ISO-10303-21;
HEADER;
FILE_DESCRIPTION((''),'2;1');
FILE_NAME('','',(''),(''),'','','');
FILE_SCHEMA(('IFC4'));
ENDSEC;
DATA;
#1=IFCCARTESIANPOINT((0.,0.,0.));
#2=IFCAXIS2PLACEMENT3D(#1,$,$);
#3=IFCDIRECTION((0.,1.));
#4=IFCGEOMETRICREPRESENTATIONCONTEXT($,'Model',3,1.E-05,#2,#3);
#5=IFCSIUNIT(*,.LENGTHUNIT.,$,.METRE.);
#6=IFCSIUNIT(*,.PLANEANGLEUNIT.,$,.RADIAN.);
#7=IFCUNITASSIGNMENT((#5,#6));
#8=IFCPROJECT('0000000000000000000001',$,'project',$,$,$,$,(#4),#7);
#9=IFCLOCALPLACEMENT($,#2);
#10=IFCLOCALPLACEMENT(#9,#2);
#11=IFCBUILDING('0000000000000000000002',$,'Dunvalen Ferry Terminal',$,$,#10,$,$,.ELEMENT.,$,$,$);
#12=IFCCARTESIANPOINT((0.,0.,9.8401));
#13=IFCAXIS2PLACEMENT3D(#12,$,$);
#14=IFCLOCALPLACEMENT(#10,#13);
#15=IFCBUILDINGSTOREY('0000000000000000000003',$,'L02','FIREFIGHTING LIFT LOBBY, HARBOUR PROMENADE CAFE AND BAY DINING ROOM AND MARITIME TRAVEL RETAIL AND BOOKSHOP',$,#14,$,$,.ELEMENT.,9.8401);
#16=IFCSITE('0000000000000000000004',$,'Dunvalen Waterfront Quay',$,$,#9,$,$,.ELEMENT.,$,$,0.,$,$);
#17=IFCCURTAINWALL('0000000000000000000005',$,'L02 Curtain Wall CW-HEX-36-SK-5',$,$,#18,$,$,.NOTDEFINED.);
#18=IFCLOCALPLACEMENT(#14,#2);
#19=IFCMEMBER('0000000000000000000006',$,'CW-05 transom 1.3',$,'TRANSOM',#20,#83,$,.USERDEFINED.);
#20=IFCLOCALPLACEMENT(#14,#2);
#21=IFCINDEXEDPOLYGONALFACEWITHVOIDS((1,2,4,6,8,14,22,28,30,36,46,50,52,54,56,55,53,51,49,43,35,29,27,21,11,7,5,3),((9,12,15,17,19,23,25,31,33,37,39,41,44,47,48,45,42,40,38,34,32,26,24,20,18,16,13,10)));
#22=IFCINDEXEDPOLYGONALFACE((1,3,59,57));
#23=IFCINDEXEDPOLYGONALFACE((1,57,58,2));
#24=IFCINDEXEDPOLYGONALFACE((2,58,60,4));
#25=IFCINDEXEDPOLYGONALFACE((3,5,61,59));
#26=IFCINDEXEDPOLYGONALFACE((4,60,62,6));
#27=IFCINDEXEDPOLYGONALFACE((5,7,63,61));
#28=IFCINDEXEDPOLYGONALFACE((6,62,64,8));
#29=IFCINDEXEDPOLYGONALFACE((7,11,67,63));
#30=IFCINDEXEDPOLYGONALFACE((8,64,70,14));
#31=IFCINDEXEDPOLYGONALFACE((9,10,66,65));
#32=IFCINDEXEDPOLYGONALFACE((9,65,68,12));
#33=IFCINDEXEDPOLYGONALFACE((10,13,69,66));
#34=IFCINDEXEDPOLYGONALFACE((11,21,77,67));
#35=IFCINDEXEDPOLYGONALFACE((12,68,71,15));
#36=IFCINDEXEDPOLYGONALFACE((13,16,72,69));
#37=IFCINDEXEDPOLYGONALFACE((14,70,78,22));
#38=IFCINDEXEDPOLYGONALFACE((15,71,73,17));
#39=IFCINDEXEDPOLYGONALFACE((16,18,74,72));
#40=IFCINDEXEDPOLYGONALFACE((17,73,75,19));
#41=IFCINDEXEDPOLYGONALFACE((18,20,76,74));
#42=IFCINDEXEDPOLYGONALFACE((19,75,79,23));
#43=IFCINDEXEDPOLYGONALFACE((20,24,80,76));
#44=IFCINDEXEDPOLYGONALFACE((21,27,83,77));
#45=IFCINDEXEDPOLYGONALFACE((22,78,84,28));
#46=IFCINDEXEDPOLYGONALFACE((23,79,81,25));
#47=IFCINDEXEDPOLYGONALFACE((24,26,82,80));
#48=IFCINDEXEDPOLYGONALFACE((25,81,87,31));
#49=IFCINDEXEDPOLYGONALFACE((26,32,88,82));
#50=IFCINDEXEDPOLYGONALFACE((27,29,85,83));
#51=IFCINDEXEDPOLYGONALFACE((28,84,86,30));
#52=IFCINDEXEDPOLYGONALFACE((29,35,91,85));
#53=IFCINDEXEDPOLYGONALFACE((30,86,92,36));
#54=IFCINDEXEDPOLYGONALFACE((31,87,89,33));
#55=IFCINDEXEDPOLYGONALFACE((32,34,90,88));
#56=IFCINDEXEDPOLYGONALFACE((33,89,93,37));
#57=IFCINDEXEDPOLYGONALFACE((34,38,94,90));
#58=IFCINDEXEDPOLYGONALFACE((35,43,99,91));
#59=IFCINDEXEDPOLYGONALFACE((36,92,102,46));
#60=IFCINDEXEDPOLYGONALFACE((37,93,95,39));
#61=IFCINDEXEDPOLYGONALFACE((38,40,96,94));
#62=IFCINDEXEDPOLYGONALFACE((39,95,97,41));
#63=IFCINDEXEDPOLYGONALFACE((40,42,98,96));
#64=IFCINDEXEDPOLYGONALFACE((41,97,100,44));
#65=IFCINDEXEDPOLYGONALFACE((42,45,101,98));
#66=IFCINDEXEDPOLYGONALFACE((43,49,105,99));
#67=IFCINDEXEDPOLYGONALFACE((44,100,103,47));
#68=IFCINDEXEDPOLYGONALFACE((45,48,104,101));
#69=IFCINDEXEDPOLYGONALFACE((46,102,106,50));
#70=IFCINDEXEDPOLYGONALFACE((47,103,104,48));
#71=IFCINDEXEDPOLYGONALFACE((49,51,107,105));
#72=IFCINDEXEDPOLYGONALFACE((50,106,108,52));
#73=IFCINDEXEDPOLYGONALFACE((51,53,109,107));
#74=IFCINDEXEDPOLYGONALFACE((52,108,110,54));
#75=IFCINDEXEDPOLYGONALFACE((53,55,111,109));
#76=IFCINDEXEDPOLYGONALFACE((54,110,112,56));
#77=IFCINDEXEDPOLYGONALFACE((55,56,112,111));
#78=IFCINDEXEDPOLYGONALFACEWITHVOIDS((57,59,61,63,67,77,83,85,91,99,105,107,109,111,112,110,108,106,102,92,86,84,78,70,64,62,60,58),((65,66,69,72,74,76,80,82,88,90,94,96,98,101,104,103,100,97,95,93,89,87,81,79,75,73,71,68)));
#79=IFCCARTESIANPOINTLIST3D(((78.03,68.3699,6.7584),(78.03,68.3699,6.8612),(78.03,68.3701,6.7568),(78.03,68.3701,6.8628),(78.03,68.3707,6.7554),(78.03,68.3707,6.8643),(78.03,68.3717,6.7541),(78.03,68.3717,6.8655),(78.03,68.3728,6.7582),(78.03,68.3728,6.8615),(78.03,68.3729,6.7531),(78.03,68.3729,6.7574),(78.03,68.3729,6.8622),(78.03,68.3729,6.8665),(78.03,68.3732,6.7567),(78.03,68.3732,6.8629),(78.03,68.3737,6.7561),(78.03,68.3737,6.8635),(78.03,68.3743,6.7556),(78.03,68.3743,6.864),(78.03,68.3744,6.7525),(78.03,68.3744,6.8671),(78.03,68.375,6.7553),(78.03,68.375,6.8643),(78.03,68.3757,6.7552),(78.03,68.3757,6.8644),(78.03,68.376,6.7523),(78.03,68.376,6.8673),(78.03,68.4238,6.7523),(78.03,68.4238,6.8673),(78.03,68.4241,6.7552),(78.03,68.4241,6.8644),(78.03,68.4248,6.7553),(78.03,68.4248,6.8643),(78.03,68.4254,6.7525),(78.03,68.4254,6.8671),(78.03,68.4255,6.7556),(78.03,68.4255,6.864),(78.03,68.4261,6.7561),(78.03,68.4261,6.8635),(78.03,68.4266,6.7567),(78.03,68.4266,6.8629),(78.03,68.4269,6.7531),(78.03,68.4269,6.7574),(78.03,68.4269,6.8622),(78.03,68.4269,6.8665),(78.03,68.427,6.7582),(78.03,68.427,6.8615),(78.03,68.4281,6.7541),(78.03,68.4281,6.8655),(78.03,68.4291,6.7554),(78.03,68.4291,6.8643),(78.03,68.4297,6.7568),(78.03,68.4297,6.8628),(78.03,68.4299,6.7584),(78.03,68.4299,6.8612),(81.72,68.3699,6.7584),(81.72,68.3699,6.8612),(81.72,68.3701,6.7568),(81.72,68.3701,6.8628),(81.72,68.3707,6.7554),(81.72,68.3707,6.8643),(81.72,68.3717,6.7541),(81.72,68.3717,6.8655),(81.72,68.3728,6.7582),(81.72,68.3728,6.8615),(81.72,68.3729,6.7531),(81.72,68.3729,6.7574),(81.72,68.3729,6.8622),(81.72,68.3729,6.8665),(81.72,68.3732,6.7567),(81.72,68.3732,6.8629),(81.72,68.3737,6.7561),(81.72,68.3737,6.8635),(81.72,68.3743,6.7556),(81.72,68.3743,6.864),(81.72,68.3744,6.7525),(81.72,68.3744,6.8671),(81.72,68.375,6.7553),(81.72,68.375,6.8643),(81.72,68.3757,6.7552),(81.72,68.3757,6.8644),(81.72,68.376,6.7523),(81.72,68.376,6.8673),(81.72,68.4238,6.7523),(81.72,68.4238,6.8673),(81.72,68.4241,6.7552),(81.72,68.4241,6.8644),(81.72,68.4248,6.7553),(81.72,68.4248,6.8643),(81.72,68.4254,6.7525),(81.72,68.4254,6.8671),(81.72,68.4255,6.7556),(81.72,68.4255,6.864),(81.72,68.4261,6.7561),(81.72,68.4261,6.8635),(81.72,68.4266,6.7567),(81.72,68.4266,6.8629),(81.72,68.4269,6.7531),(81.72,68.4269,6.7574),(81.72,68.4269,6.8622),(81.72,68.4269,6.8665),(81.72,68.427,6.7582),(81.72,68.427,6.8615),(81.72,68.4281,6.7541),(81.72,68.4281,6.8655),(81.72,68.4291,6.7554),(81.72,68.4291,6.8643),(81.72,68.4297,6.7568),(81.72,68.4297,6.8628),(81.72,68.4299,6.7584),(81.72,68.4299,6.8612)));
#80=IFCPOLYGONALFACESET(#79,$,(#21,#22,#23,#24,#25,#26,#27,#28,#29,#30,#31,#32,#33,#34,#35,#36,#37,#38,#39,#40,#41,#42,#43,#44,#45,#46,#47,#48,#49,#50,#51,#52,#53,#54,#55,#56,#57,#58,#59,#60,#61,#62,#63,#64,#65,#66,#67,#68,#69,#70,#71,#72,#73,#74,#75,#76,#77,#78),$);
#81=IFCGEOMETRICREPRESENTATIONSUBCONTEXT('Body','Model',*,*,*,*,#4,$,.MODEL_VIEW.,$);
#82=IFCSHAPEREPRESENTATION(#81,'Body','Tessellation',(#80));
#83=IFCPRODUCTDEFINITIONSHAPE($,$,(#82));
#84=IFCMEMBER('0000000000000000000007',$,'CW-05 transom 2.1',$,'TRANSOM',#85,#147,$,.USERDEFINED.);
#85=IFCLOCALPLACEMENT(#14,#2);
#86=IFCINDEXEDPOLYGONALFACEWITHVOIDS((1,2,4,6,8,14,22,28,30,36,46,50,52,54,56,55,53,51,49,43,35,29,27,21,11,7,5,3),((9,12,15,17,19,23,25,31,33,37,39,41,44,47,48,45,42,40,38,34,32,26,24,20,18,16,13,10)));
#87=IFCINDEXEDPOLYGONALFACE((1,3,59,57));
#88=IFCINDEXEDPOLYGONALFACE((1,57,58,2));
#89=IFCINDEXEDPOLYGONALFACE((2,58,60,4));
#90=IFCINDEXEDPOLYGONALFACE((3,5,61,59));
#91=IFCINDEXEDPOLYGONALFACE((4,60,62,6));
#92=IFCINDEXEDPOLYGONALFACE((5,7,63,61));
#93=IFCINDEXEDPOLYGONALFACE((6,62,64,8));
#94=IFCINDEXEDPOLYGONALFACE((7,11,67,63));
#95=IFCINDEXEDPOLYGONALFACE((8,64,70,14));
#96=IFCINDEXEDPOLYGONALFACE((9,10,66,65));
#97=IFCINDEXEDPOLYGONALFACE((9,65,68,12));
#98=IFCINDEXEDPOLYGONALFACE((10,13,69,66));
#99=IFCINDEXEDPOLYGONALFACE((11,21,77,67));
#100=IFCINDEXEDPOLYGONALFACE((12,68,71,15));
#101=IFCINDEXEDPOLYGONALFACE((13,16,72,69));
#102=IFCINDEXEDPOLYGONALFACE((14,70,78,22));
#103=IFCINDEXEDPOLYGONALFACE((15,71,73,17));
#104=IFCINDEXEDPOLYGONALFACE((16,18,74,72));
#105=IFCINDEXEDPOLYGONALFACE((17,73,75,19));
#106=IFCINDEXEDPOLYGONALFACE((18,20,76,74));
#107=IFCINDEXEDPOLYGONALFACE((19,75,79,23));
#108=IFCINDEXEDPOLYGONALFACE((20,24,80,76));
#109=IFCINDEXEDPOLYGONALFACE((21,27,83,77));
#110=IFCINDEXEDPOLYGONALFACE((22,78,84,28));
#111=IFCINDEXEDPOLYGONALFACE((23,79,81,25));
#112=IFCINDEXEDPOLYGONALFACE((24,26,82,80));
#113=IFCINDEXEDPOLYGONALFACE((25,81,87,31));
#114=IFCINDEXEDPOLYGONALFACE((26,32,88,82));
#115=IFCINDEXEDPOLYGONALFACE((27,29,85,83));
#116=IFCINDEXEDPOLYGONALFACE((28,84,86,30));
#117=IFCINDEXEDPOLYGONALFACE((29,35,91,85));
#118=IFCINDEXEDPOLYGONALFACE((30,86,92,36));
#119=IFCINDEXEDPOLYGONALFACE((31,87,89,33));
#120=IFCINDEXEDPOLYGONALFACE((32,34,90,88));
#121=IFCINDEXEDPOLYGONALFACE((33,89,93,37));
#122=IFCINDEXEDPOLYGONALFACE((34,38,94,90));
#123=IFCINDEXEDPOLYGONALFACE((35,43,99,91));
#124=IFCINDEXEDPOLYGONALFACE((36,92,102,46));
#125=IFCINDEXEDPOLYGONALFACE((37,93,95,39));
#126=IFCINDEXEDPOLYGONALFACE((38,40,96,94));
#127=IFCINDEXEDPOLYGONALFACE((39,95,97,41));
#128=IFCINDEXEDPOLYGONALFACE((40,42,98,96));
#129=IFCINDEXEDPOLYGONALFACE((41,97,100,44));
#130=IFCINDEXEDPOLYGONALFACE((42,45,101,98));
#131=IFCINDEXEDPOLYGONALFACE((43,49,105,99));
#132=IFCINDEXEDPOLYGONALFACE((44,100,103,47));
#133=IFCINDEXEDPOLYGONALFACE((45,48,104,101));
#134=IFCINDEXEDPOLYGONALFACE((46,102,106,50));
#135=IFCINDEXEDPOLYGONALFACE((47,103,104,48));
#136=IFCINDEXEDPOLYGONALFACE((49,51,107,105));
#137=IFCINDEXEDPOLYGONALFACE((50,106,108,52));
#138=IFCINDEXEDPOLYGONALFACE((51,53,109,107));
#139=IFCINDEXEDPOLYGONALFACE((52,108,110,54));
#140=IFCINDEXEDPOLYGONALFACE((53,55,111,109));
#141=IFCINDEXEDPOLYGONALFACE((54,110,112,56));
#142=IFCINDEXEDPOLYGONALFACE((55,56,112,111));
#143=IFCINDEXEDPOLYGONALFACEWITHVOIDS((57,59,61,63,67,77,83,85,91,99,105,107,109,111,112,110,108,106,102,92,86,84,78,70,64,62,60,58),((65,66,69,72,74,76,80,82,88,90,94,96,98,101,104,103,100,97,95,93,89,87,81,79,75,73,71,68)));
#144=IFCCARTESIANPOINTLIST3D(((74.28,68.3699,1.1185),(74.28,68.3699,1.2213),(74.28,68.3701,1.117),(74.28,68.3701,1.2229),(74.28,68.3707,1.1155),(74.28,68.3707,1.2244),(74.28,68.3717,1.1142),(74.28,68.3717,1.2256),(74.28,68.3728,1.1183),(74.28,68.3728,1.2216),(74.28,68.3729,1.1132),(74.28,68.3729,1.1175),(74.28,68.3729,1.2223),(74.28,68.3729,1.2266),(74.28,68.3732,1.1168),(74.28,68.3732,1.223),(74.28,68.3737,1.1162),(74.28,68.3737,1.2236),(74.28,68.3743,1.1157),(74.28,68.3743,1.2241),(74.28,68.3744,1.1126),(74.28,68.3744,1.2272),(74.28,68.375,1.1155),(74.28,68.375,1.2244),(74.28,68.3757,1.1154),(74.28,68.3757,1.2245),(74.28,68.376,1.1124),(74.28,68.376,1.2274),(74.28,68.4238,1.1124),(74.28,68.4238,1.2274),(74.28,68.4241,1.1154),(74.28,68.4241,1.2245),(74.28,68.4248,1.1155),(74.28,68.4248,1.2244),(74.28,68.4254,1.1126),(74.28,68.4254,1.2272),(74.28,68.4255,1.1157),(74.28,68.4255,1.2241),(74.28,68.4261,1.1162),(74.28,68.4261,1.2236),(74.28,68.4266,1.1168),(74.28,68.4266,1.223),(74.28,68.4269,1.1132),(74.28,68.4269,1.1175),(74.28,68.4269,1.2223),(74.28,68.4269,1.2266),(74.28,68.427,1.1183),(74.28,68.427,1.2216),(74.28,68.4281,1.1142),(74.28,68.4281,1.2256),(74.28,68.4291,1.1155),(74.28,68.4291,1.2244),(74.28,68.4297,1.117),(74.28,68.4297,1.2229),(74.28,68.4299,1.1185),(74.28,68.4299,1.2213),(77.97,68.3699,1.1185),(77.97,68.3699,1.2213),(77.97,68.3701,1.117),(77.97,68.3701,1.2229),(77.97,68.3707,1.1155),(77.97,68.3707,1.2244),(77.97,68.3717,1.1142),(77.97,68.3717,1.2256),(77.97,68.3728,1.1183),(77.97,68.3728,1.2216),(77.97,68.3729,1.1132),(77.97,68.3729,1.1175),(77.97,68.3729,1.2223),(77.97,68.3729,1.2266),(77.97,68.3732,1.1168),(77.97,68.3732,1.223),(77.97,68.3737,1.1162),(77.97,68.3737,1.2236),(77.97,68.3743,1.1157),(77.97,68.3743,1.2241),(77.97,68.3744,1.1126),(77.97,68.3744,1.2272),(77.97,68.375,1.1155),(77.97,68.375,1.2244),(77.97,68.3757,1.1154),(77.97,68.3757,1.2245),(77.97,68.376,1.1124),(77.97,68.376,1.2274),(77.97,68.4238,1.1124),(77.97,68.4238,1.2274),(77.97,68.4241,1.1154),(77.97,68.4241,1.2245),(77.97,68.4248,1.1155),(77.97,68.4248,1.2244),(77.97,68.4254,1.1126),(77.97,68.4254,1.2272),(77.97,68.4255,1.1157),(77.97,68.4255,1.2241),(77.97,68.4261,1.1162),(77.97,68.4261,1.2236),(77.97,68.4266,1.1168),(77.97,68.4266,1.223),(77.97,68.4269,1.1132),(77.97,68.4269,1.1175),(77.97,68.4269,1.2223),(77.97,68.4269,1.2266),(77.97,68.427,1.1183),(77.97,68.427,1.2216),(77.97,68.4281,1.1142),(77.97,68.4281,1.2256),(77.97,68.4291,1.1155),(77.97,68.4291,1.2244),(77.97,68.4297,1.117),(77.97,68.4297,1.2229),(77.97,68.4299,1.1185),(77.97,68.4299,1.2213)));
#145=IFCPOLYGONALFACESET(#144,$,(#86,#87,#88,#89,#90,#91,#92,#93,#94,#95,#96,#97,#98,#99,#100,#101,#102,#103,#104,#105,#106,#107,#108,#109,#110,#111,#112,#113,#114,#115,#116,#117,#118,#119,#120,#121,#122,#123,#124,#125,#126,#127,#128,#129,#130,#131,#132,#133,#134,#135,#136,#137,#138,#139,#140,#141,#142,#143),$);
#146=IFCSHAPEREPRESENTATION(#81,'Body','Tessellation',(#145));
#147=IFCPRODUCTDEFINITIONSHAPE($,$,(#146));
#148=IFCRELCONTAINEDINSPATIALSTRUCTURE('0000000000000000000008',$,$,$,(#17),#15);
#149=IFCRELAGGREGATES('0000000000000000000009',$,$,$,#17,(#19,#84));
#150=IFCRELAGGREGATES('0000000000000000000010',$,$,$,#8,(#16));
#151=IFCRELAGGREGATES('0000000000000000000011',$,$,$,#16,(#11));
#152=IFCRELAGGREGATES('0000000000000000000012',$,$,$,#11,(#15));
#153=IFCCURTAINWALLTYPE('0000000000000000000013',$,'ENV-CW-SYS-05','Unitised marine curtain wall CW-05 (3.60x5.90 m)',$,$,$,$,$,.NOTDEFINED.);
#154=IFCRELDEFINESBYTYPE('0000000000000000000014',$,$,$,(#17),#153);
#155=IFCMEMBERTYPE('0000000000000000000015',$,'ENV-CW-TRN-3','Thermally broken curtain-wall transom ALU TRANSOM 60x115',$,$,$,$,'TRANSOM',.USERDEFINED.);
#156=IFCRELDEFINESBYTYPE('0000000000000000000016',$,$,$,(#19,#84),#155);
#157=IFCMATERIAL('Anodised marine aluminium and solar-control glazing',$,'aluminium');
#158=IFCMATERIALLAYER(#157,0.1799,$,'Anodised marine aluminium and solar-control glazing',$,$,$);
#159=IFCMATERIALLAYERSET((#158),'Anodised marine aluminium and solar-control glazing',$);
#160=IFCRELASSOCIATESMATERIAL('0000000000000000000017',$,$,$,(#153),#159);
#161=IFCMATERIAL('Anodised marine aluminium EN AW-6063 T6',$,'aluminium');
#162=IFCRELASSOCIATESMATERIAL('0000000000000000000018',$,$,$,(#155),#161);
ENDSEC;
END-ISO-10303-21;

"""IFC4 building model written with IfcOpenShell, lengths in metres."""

from ifc_helpers import new_model, si_unit, direction, frame, origin, origin_2d, place, context, subcontext, project, spatial, hollow_rectangle, extrude, material, layer, layer_set, material_profile, profile_set, type_object, element, aggregate, save


model = new_model("IFC4")

# Units and contexts
model_context = context("Model", 3, precision=1e-05, world=origin(), true_north=direction((0.0, 1.0)))
body_context = subcontext(model_context, "Body", "Model", "MODEL_VIEW")
ifc_project = project(units=[si_unit("LENGTHUNIT", "METRE"), si_unit("PLANEANGLEUNIT", "RADIAN")], contexts=[model_context])

# Site, building, storey
site_placement = place(None, origin())
site = spatial("IfcSite", under=ifc_project, at=site_placement, Name="Dunvalen Waterfront Quay", CompositionType="ELEMENT", RefElevation=0.0)
building_placement = place(site_placement, origin())
building = spatial("IfcBuilding", under=site, at=building_placement, Name="Dunvalen Ferry Terminal", CompositionType="ELEMENT")
storey_placement = place(building_placement, frame((0.0, 0.0, 9.8401)))
storey = spatial("IfcBuildingStorey", under=building, at=storey_placement, Name="L02", Description="FIREFIGHTING LIFT LOBBY, HARBOUR PROMENADE CAFE AND BAY DINING ROOM AND MARITIME TRAVEL RETAIL AND BOOKSHOP", CompositionType="ELEMENT", Elevation=9.8401)

# Curtain wall, members
ifc_material_1 = material(Name="Anodised marine aluminium and solar-control glazing", Category="aluminium")
ifc_layer_1 = layer(ifc_material_1, 0.1799, Name="Anodised marine aluminium and solar-control glazing")
ifc_layer_set_1 = layer_set([ifc_layer_1], Name="Anodised marine aluminium and solar-control glazing")
curtain_wall_type = type_object("IfcCurtainWallType", Name="ENV-CW-SYS-05", Description="Unitised marine curtain wall CW-05 (3.60x5.90 m)", PredefinedType="NOTDEFINED", material=ifc_layer_set_1)
curtain_wall_placement = place(storey_placement, origin())
curtain_wall = element("IfcCurtainWall", 1, at=curtain_wall_placement, inside=storey, type_object=curtain_wall_type, Name="L02 Curtain Wall CW-HEX-36-SK-5", PredefinedType="NOTDEFINED")
ifc_material_2 = material(Name="Anodised marine aluminium EN AW-6063 T6", Category="aluminium")
ifc_material_profile_1 = material_profile(ifc_material_2, hollow_rectangle(XDim=0.0601, YDim=0.115, WallThickness=0.0029, InnerFilletRadius=0.0029, OuterFilletRadius=0.0061, at=origin_2d()), Name="Anodised marine aluminium EN AW-6063 T6")
ifc_profile_set_1 = profile_set([ifc_material_profile_1], Name="Anodised marine aluminium EN AW-6063 T6")
member_type_1 = type_object("IfcMemberType", Name="ENV-CW-TRN-3", Description="Thermally broken curtain-wall transom ALU TRANSOM 60x115", ElementType="TRANSOM", PredefinedType="USERDEFINED", material=ifc_profile_set_1)
member_1_placement = place(storey_placement, frame((81.72, 68.3999, 6.8098), z_axis=(-1.0, 0.0, 0.0), x_axis=(0.0, -1.0, 0.0)))
member_1 = element("IfcMember", 2, at=member_1_placement, type_object=member_type_1, Name="CW-05 transom 1.3", ObjectType="TRANSOM", PredefinedType="USERDEFINED", context=body_context, shape_type="SweptSolid", body=[
    extrude(hollow_rectangle(XDim=0.0601, YDim=0.115, WallThickness=0.0029, InnerFilletRadius=0.0029, OuterFilletRadius=0.0061, at=origin_2d()), origin(), (0.0, 0.0, 1.0), 3.6899),
])
member_2_placement = place(storey_placement, frame((77.97, 68.3999, 1.1699), z_axis=(-1.0, 0.0, 0.0), x_axis=(0.0, -1.0, 0.0)))
member_2 = element("IfcMember", 3, at=member_2_placement, type_object=member_type_1, Name="CW-05 transom 2.1", ObjectType="TRANSOM", PredefinedType="USERDEFINED", context=body_context, shape_type="SweptSolid", body=[
    extrude(hollow_rectangle(XDim=0.0601, YDim=0.115, WallThickness=0.0029, InnerFilletRadius=0.0029, OuterFilletRadius=0.0061, at=origin_2d()), origin(), (0.0, 0.0, 1.0), 3.6899),
])

aggregate(curtain_wall, [member_1, member_2])

save(model, "model.ifc")
